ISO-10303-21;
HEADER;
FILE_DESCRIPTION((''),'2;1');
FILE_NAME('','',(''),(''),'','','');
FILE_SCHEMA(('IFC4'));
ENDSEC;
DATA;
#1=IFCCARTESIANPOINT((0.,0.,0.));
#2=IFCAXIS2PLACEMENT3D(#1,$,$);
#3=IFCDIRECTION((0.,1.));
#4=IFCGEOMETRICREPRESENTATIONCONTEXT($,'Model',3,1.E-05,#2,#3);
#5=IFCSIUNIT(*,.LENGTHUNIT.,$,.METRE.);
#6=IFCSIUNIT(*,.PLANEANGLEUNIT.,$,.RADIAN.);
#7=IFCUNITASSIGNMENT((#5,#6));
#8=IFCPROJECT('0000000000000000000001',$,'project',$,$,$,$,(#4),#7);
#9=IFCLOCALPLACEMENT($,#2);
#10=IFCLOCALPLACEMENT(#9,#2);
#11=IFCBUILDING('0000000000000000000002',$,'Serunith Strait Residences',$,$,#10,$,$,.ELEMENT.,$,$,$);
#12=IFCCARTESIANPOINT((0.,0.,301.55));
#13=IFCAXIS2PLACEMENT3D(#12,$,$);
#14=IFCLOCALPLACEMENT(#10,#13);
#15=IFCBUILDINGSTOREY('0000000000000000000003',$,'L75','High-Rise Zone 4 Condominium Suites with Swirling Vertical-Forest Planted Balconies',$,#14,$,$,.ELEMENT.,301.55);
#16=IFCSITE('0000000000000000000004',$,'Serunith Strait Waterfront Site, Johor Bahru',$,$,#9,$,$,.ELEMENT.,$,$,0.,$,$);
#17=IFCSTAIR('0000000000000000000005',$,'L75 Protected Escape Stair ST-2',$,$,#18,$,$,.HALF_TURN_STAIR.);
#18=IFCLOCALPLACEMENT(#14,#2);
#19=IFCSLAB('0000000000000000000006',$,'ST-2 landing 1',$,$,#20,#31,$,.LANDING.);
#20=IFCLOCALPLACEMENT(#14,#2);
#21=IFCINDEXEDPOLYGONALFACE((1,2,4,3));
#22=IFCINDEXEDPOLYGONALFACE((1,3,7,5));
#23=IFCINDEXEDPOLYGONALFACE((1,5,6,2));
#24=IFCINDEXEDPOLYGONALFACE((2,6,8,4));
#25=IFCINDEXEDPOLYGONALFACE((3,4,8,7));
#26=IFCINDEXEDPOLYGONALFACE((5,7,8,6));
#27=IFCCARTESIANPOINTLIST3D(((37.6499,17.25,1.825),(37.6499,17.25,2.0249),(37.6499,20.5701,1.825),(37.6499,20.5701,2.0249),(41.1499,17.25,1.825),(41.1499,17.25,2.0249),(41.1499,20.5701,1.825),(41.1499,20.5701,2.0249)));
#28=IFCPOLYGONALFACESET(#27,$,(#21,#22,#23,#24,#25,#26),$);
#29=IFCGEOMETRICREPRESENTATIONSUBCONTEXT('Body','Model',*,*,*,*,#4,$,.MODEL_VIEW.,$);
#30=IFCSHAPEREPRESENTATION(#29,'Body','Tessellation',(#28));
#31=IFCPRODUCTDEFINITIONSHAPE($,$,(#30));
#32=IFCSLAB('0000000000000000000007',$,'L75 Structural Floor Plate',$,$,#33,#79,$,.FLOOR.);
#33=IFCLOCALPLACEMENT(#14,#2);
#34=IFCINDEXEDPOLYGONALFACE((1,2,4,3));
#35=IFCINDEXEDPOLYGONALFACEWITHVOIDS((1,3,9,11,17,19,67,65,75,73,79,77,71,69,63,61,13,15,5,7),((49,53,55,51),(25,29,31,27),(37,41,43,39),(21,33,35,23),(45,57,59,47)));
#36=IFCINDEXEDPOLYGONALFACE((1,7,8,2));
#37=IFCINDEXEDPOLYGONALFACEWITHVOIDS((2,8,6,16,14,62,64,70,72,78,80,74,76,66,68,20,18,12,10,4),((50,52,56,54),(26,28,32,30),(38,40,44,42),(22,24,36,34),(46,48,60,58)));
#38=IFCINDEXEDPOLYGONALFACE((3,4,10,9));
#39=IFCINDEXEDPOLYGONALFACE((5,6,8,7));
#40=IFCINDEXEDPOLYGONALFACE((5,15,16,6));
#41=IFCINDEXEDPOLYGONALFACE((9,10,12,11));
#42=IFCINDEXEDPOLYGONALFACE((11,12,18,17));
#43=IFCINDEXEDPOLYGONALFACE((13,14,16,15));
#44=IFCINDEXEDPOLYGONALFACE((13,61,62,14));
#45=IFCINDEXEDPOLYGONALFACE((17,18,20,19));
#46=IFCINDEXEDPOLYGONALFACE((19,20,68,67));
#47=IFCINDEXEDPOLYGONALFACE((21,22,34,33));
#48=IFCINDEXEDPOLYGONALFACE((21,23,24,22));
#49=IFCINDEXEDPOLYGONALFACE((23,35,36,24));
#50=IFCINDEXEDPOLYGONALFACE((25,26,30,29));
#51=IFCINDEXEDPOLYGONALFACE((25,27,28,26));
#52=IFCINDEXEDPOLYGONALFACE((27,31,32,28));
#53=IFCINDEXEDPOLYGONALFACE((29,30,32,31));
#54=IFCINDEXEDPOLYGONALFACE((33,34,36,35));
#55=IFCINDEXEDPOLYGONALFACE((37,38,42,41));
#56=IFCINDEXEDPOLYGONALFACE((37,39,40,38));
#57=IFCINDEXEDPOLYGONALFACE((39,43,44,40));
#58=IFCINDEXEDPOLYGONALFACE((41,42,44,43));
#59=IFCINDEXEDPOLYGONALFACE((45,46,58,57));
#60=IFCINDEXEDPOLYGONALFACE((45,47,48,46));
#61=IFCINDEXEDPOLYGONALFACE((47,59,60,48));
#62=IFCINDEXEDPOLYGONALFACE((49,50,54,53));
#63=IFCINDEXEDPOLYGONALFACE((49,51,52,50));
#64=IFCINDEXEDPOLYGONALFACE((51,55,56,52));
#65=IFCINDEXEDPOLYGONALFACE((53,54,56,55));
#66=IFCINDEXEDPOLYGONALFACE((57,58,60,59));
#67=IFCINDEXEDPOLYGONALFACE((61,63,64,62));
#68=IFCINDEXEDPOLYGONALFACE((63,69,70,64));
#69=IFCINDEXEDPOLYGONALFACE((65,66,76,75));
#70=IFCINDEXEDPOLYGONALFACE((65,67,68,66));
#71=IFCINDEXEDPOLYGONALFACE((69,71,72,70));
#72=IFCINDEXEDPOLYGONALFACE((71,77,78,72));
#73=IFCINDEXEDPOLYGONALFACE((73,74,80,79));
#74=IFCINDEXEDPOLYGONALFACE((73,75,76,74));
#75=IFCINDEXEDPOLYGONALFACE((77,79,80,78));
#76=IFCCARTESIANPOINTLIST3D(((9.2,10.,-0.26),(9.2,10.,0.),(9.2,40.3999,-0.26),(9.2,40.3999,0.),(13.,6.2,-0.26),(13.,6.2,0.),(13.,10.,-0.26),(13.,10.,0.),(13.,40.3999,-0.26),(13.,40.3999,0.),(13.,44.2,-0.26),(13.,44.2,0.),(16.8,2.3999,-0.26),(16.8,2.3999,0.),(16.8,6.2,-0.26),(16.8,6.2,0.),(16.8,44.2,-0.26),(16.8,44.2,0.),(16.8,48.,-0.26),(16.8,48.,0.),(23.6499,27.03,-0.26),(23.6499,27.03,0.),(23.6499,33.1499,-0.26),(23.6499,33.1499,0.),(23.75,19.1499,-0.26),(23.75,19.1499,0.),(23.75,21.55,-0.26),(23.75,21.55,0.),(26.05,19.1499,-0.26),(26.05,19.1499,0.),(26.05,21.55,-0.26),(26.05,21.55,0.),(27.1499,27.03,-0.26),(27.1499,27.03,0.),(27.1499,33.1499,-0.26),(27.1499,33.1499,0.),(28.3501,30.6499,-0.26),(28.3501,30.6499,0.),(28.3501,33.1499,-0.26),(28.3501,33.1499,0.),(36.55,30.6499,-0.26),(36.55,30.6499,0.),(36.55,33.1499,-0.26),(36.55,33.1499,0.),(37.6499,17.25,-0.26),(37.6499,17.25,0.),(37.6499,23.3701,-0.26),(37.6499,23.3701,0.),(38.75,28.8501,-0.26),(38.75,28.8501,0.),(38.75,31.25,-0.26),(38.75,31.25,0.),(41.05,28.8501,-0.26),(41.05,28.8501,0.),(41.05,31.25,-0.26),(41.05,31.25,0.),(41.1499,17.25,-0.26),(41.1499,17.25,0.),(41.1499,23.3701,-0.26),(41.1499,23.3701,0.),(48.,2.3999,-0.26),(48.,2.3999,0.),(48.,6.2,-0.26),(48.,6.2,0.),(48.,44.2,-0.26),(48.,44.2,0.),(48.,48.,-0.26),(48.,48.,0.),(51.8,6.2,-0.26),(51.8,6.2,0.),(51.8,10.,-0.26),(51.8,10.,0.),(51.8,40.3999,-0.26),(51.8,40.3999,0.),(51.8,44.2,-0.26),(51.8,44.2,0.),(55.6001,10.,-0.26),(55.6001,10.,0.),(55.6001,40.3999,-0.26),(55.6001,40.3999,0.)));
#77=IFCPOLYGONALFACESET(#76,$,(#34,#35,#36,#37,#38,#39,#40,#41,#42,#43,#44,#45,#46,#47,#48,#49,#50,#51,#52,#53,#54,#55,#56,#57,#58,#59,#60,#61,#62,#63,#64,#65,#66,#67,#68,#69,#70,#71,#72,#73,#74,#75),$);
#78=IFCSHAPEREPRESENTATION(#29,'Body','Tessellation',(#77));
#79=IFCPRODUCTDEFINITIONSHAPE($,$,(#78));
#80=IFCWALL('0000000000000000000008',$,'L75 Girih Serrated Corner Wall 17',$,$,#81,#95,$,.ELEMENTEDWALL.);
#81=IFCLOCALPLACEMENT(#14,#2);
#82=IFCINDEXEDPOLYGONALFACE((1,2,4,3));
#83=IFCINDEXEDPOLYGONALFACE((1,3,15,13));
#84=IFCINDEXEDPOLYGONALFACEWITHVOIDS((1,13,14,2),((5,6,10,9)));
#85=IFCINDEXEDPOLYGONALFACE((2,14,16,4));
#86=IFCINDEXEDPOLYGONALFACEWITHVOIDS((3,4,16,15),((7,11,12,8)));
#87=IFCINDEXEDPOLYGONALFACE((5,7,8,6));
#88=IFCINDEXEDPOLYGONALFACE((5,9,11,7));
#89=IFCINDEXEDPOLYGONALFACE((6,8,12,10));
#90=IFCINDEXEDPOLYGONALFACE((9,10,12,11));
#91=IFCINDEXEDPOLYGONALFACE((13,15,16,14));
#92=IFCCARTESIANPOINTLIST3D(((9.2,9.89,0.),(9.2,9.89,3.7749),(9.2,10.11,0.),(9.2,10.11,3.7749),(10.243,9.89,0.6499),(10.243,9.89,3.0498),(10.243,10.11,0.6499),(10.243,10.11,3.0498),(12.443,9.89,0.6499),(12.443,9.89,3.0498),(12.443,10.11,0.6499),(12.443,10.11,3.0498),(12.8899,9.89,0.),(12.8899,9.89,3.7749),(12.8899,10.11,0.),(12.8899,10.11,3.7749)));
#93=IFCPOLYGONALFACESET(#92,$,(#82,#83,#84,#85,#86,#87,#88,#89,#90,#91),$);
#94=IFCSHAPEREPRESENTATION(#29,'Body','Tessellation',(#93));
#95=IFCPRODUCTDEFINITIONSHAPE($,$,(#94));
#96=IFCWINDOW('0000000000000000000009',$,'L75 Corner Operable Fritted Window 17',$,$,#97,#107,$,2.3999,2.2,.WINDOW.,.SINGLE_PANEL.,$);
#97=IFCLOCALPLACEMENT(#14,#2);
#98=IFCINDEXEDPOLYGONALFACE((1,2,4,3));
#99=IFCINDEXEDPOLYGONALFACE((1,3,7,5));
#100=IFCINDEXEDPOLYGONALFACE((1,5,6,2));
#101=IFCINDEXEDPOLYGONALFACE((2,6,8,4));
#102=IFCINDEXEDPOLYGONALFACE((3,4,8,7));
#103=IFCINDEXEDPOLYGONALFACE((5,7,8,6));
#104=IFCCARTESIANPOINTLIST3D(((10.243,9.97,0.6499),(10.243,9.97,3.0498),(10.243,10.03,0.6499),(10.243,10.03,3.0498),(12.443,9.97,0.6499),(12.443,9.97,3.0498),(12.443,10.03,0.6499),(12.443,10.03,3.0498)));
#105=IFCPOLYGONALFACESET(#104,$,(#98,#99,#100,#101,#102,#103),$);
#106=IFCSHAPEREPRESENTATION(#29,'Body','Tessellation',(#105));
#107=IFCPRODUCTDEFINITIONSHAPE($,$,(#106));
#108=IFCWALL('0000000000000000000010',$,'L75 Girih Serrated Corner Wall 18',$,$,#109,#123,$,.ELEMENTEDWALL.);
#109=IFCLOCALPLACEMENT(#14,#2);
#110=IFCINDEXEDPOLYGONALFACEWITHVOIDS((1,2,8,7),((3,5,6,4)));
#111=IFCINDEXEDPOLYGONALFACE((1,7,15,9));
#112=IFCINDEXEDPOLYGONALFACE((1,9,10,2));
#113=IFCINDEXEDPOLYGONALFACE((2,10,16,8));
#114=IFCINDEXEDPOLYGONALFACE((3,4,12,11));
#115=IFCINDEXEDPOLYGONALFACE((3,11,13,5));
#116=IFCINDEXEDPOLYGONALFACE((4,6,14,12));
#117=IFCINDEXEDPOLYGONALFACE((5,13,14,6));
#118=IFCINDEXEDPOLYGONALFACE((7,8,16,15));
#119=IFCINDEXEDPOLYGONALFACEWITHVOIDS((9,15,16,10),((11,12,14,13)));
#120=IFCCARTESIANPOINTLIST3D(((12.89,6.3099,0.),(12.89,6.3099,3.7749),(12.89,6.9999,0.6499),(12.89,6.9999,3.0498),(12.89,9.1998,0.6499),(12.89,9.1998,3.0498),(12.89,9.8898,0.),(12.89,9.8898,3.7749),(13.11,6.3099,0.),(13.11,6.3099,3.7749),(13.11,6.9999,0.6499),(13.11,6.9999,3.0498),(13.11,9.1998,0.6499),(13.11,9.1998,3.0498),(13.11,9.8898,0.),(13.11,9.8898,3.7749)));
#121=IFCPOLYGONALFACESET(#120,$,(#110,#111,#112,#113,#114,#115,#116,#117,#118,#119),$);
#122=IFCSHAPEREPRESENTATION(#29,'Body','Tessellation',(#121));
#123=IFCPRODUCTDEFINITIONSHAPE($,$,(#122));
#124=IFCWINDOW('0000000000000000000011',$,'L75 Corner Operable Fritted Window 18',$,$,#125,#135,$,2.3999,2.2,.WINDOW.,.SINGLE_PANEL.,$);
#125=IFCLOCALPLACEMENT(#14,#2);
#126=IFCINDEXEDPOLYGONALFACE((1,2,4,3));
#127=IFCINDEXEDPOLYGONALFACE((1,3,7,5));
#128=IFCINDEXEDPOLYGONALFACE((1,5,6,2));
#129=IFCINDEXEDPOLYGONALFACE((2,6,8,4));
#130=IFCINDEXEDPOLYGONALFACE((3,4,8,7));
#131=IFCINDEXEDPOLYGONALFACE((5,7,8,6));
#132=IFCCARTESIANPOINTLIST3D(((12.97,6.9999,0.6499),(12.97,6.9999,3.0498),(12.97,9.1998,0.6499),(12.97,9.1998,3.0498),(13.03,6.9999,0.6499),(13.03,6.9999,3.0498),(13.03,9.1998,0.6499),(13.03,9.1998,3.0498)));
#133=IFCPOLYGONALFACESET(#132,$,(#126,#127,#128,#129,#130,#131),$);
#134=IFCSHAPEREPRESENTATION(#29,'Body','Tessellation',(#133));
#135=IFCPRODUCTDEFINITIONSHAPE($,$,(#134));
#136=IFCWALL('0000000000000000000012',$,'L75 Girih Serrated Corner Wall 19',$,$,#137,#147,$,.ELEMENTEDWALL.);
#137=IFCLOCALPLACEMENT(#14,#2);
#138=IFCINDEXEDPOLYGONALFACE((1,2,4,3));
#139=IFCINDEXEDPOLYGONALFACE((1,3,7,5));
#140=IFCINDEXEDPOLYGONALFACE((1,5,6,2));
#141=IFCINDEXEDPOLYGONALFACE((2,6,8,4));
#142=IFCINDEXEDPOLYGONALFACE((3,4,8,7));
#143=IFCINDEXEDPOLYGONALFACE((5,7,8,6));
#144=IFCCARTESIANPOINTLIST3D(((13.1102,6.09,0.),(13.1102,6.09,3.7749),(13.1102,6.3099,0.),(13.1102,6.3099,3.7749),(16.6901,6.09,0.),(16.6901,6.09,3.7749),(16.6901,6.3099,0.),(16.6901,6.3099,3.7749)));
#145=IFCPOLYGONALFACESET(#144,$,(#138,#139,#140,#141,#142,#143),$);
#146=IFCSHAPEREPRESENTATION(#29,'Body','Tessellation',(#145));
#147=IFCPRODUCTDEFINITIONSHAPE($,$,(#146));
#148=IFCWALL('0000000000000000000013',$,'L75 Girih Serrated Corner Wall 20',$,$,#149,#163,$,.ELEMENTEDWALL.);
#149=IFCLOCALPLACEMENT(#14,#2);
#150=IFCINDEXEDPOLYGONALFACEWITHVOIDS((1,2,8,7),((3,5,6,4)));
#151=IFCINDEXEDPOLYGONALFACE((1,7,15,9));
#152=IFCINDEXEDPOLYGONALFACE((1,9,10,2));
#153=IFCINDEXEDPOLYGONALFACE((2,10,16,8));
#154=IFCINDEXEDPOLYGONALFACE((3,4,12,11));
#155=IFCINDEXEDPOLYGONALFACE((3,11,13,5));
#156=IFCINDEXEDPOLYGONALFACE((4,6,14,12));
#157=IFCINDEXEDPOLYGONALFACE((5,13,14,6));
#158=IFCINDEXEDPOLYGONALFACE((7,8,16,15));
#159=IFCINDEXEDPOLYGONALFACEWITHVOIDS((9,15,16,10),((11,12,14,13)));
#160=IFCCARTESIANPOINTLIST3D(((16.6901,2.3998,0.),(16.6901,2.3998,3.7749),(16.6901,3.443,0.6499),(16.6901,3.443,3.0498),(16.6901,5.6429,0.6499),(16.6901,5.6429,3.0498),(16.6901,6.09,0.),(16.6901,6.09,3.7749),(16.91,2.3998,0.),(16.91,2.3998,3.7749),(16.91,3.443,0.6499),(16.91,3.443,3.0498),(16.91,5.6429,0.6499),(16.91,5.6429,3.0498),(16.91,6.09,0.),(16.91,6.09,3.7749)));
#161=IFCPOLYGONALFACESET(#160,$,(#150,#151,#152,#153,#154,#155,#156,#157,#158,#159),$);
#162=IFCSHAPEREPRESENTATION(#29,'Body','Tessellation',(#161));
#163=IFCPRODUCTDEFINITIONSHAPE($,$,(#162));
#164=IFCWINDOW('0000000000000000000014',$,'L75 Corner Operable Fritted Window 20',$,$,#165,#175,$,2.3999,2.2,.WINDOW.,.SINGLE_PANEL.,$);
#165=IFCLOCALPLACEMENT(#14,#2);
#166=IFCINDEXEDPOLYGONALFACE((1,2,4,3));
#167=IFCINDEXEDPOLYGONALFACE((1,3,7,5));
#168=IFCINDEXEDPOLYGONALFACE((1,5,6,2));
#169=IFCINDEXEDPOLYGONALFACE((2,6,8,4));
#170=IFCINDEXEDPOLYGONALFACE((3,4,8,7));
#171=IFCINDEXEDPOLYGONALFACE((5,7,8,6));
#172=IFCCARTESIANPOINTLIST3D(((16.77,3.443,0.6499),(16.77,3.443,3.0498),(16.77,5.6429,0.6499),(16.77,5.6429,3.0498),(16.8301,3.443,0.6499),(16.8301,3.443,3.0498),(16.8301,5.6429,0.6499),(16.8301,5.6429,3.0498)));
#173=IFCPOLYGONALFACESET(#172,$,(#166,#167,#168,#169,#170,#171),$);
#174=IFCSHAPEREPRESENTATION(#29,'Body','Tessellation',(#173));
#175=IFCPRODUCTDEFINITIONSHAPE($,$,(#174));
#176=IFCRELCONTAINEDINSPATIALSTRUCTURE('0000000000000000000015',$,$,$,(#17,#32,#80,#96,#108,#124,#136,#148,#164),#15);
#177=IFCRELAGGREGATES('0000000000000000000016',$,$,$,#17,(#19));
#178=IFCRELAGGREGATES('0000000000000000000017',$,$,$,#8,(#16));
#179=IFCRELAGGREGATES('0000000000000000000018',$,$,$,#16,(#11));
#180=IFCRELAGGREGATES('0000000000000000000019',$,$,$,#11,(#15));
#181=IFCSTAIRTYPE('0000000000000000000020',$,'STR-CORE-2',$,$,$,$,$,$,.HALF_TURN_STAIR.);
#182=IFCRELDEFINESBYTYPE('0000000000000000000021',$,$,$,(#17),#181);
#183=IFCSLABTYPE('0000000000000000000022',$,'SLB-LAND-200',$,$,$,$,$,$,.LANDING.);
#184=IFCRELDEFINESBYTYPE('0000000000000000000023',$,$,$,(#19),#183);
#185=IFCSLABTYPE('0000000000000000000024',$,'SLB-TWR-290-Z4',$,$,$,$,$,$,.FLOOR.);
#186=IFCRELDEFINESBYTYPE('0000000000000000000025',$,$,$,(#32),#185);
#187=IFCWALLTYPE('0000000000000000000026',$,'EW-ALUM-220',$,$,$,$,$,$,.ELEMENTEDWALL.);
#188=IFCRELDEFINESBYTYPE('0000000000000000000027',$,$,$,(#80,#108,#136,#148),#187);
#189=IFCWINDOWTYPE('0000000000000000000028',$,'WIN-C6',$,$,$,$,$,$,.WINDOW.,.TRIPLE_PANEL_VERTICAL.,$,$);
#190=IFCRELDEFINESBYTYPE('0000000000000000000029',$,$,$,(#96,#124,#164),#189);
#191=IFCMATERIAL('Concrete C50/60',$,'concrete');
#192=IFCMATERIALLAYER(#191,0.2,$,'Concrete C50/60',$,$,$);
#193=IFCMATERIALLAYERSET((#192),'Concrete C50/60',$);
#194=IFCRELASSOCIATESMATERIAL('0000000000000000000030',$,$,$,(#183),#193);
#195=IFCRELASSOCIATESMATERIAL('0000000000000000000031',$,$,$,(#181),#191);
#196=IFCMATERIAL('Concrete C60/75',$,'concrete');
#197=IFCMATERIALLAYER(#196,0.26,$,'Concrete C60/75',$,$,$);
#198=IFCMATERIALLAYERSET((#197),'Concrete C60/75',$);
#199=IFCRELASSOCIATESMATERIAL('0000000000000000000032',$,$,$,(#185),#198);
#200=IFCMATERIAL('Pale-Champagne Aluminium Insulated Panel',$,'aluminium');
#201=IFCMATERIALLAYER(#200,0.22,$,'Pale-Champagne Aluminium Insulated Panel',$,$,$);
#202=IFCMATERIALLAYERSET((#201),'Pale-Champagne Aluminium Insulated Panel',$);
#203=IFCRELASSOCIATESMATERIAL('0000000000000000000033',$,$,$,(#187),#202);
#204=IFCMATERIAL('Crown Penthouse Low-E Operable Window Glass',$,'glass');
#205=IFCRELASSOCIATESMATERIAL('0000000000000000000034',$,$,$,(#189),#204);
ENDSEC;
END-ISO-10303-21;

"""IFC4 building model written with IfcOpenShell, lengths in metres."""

from ifc_helpers import new_model, si_unit, direction, frame, frame_2d, origin, place, context, subcontext, project, spatial, polyline, rectangle, outline, extrude, source, transform, mapped, material, layer, layer_set, type_object, element, fill, aggregate, save


model = new_model("IFC4")

# Units and contexts
model_context = context("Model", 3, precision=1e-05, world=origin(), true_north=direction((0.0, 1.0)))
body_context = subcontext(model_context, "Body", "Model", "MODEL_VIEW")
ifc_project = project(units=[si_unit("LENGTHUNIT", "METRE"), si_unit("PLANEANGLEUNIT", "RADIAN")], contexts=[model_context])

# Site, building, storey
site_placement = place(None, origin())
site = spatial("IfcSite", under=ifc_project, at=site_placement, Name="Serunith Strait Waterfront Site, Johor Bahru", CompositionType="ELEMENT", RefElevation=0.0)
building_placement = place(site_placement, origin())
building = spatial("IfcBuilding", under=site, at=building_placement, Name="Serunith Strait Residences", CompositionType="ELEMENT")
storey_placement = place(building_placement, frame((0.0, 0.0, 301.55)))
storey = spatial("IfcBuildingStorey", under=building, at=storey_placement, Name="L75", Description="High-Rise Zone 4 Condominium Suites with Swirling Vertical-Forest Planted Balconies", CompositionType="ELEMENT", Elevation=301.55)

# Shared definitions
ifc_material_1 = material(Name="Concrete C50/60", Category="concrete")

# Stair, slab
ifc_layer_1 = layer(ifc_material_1, 0.2, Name="Concrete C50/60")
ifc_layer_set_1 = layer_set([ifc_layer_1], Name="Concrete C50/60")
slab_type_1 = type_object("IfcSlabType", Name="SLB-LAND-200", PredefinedType="LANDING", material=ifc_layer_set_1)
stair_type_1 = type_object("IfcStairType", Name="STR-CORE-2", PredefinedType="HALF_TURN_STAIR", material=ifc_material_1)
stair_1_placement = place(storey_placement, origin())
stair_1 = element("IfcStair", 1, at=stair_1_placement, inside=storey, type_object=stair_type_1, Name="L75 Protected Escape Stair ST-2", PredefinedType="HALF_TURN_STAIR")
slab_1_placement = place(storey_placement, frame((0.0, 0.0, 1.825)))
slab_1 = element("IfcSlab", 2, at=slab_1_placement, type_object=slab_type_1, Name="ST-2 landing 1", PredefinedType="LANDING", context=body_context, shape_type="SweptSolid", body=[
    extrude(outline(polyline([(37.6499, 20.5701), (37.6499, 17.25), (41.1499, 17.25), (41.1499, 20.5701), (37.6499, 20.5701)])), origin(), (0.0, 0.0, 1.0), 0.2),
])
aggregate(stair_1, [slab_1])

# Slab
ifc_material_2 = material(Name="Concrete C60/75", Category="concrete")
ifc_layer_2 = layer(ifc_material_2, 0.26, Name="Concrete C60/75")
ifc_layer_set_2 = layer_set([ifc_layer_2], Name="Concrete C60/75")
slab_type_2 = type_object("IfcSlabType", Name="SLB-TWR-290-Z4", PredefinedType="FLOOR", material=ifc_layer_set_2)
slab_2_placement = place(storey_placement, frame((0.0, 0.0, -0.26)))
element("IfcSlab", 3, at=slab_2_placement, inside=storey, type_object=slab_type_2, Name="L75 Structural Floor Plate", PredefinedType="FLOOR", context=body_context, shape_type="SweptSolid", body=[
    extrude(outline(polyline([(16.8, 6.2), (13.0, 6.2), (13.0, 10.0), (9.2, 10.0), (9.2, 40.3999), (13.0, 40.3999), (13.0, 44.2), (16.8, 44.2), (16.8, 48.0), (48.0, 48.0), (48.0, 44.2), (51.8, 44.2), (51.8, 40.3999), (55.6001, 40.3999), (55.6001, 10.0), (51.8, 10.0), (51.8, 6.2), (48.0, 6.2), (48.0, 2.3999), (16.8, 2.3999), (16.8, 6.2)]), holes=[polyline([(41.1499, 23.3701), (37.6499, 23.3701), (37.6499, 17.25), (41.1499, 17.25), (41.1499, 23.3701)]), polyline([(38.75, 31.25), (38.75, 28.8501), (41.05, 28.8501), (41.05, 31.25), (38.75, 31.25)]), polyline([(36.55, 33.1499), (28.3501, 33.1499), (28.3501, 30.6499), (36.55, 30.6499), (36.55, 33.1499)]), polyline([(23.6499, 33.1499), (23.6499, 27.03), (27.1499, 27.03), (27.1499, 33.1499), (23.6499, 33.1499)]), polyline([(23.75, 21.55), (23.75, 19.1499), (26.05, 19.1499), (26.05, 21.55), (23.75, 21.55)])]), origin(), (0.0, 0.0, 1.0), 0.26),
])

# Walls, openings, windows
ifc_material_3 = material(Name="Pale-Champagne Aluminium Insulated Panel", Category="aluminium")
ifc_layer_3 = layer(ifc_material_3, 0.22, Name="Pale-Champagne Aluminium Insulated Panel")
ifc_layer_set_3 = layer_set([ifc_layer_3], Name="Pale-Champagne Aluminium Insulated Panel")
wall_type_1 = type_object("IfcWallType", Name="EW-ALUM-220", PredefinedType="ELEMENTEDWALL", material=ifc_layer_set_3)
wall_1_placement = place(storey_placement, frame((9.2, 10.0, 0.0), z_axis=(0.0, 0.0, 1.0), x_axis=(1.0, 0.0, 0.0)))
wall_1 = element("IfcWall", 4, at=wall_1_placement, inside=storey, type_object=wall_type_1, Name="L75 Girih Serrated Corner Wall 17", PredefinedType="ELEMENTEDWALL", context=body_context, shape_type="SweptSolid", body=[
    extrude(rectangle(XDim=3.6899, YDim=0.22, at=frame_2d((1.845, 0.0))), origin(), (0.0, 0.0, 1.0), 3.7749),
])
opening_1_placement = place(wall_1_placement, frame((1.043, 0.0, 0.6499)))
opening_1 = element("IfcOpeningElement", 5, at=opening_1_placement, cuts=wall_1, PredefinedType="OPENING", context=body_context, shape_type="SweptSolid", body=[
    extrude(rectangle(XDim=2.2, YDim=2.3999, at=frame_2d((1.1001, 1.2))), frame((0.0, 0.1201, 0.0), z_axis=(0.0, -1.0, 0.0), x_axis=(1.0, 0.0, 0.0)), (0.0, 0.0, 1.0), 0.24),
])
ifc_material_4 = material(Name="Crown Penthouse Low-E Operable Window Glass", Category="glass")
window_type = type_object("IfcWindowType", Name="WIN-C6", PartitioningType="TRIPLE_PANEL_VERTICAL", PredefinedType="WINDOW", material=ifc_material_4)
shared_shape_1 = source(origin(), body_context, "Body", "SweptSolid", [
    extrude(rectangle(XDim=2.2, YDim=2.3999, at=frame_2d((1.1001, 1.2))), frame((0.0, 0.03, 0.0), z_axis=(0.0, -1.0, 0.0), x_axis=(1.0, 0.0, 0.0)), (0.0, 0.0, 1.0), 0.0601),
])
window_1_placement = place(opening_1_placement, origin())
window_1 = element("IfcWindow", 6, at=window_1_placement, inside=storey, type_object=window_type, Name="L75 Corner Operable Fritted Window 17", OverallHeight=2.3999, OverallWidth=2.2, PartitioningType="SINGLE_PANEL", PredefinedType="WINDOW", context=body_context, shape_type="MappedRepresentation", body=[
    mapped(shared_shape_1, transform((0.0, 0.0, 0.0), scale=1.0)),
])
fill(opening_1, window_1)
wall_2_placement = place(storey_placement, frame((13.0, 9.8899, 0.0), z_axis=(0.0, 0.0, 1.0), x_axis=(0.0, -1.0, 0.0)))
wall_2 = element("IfcWall", 7, at=wall_2_placement, inside=storey, type_object=wall_type_1, Name="L75 Girih Serrated Corner Wall 18", PredefinedType="ELEMENTEDWALL", context=body_context, shape_type="SweptSolid", body=[
    extrude(rectangle(XDim=3.5798, YDim=0.22, at=frame_2d((1.79, 0.0))), origin(), (0.0, 0.0, 1.0), 3.7749),
])
opening_2_placement = place(wall_2_placement, frame((0.6899, 0.0, 0.6499)))
opening_2 = element("IfcOpeningElement", 8, at=opening_2_placement, cuts=wall_2, PredefinedType="OPENING", context=body_context, shape_type="SweptSolid", body=[
    extrude(rectangle(XDim=2.2, YDim=2.3999, at=frame_2d((1.1001, 1.2))), frame((0.0, 0.1201, 0.0), z_axis=(0.0, -1.0, 0.0), x_axis=(1.0, 0.0, 0.0)), (0.0, 0.0, 1.0), 0.24),
])
window_2_placement = place(opening_2_placement, origin())
window_2 = element("IfcWindow", 9, at=window_2_placement, inside=storey, type_object=window_type, Name="L75 Corner Operable Fritted Window 18", OverallHeight=2.3999, OverallWidth=2.2, PartitioningType="SINGLE_PANEL", PredefinedType="WINDOW", context=body_context, shape_type="MappedRepresentation", body=[
    mapped(shared_shape_1, transform((0.0, 0.0, 0.0), scale=1.0)),
])
fill(opening_2, window_2)

# Wall
wall_3_placement = place(storey_placement, frame((13.1101, 6.2, 0.0), z_axis=(0.0, 0.0, 1.0), x_axis=(1.0, 0.0, 0.0)))
element("IfcWall", 10, at=wall_3_placement, inside=storey, type_object=wall_type_1, Name="L75 Girih Serrated Corner Wall 19", PredefinedType="ELEMENTEDWALL", context=body_context, shape_type="SweptSolid", body=[
    extrude(rectangle(XDim=3.5798, YDim=0.22, at=frame_2d((1.79, 0.0))), origin(), (0.0, 0.0, 1.0), 3.7749),
])

# Wall, opening, window
wall_4_placement = place(storey_placement, frame((16.8, 6.0901, 0.0), z_axis=(0.0, 0.0, 1.0), x_axis=(0.0, -1.0, 0.0)))
wall_4 = element("IfcWall", 11, at=wall_4_placement, inside=storey, type_object=wall_type_1, Name="L75 Girih Serrated Corner Wall 20", PredefinedType="ELEMENTEDWALL", context=body_context, shape_type="SweptSolid", body=[
    extrude(rectangle(XDim=3.6902, YDim=0.22, at=frame_2d((1.8452, 0.0))), origin(), (0.0, 0.0, 1.0), 3.7749),
])
opening_3_placement = place(wall_4_placement, frame((0.447, 0.0, 0.6499)))
opening_3 = element("IfcOpeningElement", 12, at=opening_3_placement, cuts=wall_4, PredefinedType="OPENING", context=body_context, shape_type="SweptSolid", body=[
    extrude(rectangle(XDim=2.2, YDim=2.3999, at=frame_2d((1.1001, 1.2))), frame((0.0, 0.1201, 0.0), z_axis=(0.0, -1.0, 0.0), x_axis=(1.0, 0.0, 0.0)), (0.0, 0.0, 1.0), 0.24),
])
window_3_placement = place(opening_3_placement, origin())
window_3 = element("IfcWindow", 13, at=window_3_placement, inside=storey, type_object=window_type, Name="L75 Corner Operable Fritted Window 20", OverallHeight=2.3999, OverallWidth=2.2, PartitioningType="SINGLE_PANEL", PredefinedType="WINDOW", context=body_context, shape_type="MappedRepresentation", body=[
    mapped(shared_shape_1, transform((0.0, 0.0, 0.0), scale=1.0)),
])
fill(opening_3, window_3)

save(model, "model.ifc")
